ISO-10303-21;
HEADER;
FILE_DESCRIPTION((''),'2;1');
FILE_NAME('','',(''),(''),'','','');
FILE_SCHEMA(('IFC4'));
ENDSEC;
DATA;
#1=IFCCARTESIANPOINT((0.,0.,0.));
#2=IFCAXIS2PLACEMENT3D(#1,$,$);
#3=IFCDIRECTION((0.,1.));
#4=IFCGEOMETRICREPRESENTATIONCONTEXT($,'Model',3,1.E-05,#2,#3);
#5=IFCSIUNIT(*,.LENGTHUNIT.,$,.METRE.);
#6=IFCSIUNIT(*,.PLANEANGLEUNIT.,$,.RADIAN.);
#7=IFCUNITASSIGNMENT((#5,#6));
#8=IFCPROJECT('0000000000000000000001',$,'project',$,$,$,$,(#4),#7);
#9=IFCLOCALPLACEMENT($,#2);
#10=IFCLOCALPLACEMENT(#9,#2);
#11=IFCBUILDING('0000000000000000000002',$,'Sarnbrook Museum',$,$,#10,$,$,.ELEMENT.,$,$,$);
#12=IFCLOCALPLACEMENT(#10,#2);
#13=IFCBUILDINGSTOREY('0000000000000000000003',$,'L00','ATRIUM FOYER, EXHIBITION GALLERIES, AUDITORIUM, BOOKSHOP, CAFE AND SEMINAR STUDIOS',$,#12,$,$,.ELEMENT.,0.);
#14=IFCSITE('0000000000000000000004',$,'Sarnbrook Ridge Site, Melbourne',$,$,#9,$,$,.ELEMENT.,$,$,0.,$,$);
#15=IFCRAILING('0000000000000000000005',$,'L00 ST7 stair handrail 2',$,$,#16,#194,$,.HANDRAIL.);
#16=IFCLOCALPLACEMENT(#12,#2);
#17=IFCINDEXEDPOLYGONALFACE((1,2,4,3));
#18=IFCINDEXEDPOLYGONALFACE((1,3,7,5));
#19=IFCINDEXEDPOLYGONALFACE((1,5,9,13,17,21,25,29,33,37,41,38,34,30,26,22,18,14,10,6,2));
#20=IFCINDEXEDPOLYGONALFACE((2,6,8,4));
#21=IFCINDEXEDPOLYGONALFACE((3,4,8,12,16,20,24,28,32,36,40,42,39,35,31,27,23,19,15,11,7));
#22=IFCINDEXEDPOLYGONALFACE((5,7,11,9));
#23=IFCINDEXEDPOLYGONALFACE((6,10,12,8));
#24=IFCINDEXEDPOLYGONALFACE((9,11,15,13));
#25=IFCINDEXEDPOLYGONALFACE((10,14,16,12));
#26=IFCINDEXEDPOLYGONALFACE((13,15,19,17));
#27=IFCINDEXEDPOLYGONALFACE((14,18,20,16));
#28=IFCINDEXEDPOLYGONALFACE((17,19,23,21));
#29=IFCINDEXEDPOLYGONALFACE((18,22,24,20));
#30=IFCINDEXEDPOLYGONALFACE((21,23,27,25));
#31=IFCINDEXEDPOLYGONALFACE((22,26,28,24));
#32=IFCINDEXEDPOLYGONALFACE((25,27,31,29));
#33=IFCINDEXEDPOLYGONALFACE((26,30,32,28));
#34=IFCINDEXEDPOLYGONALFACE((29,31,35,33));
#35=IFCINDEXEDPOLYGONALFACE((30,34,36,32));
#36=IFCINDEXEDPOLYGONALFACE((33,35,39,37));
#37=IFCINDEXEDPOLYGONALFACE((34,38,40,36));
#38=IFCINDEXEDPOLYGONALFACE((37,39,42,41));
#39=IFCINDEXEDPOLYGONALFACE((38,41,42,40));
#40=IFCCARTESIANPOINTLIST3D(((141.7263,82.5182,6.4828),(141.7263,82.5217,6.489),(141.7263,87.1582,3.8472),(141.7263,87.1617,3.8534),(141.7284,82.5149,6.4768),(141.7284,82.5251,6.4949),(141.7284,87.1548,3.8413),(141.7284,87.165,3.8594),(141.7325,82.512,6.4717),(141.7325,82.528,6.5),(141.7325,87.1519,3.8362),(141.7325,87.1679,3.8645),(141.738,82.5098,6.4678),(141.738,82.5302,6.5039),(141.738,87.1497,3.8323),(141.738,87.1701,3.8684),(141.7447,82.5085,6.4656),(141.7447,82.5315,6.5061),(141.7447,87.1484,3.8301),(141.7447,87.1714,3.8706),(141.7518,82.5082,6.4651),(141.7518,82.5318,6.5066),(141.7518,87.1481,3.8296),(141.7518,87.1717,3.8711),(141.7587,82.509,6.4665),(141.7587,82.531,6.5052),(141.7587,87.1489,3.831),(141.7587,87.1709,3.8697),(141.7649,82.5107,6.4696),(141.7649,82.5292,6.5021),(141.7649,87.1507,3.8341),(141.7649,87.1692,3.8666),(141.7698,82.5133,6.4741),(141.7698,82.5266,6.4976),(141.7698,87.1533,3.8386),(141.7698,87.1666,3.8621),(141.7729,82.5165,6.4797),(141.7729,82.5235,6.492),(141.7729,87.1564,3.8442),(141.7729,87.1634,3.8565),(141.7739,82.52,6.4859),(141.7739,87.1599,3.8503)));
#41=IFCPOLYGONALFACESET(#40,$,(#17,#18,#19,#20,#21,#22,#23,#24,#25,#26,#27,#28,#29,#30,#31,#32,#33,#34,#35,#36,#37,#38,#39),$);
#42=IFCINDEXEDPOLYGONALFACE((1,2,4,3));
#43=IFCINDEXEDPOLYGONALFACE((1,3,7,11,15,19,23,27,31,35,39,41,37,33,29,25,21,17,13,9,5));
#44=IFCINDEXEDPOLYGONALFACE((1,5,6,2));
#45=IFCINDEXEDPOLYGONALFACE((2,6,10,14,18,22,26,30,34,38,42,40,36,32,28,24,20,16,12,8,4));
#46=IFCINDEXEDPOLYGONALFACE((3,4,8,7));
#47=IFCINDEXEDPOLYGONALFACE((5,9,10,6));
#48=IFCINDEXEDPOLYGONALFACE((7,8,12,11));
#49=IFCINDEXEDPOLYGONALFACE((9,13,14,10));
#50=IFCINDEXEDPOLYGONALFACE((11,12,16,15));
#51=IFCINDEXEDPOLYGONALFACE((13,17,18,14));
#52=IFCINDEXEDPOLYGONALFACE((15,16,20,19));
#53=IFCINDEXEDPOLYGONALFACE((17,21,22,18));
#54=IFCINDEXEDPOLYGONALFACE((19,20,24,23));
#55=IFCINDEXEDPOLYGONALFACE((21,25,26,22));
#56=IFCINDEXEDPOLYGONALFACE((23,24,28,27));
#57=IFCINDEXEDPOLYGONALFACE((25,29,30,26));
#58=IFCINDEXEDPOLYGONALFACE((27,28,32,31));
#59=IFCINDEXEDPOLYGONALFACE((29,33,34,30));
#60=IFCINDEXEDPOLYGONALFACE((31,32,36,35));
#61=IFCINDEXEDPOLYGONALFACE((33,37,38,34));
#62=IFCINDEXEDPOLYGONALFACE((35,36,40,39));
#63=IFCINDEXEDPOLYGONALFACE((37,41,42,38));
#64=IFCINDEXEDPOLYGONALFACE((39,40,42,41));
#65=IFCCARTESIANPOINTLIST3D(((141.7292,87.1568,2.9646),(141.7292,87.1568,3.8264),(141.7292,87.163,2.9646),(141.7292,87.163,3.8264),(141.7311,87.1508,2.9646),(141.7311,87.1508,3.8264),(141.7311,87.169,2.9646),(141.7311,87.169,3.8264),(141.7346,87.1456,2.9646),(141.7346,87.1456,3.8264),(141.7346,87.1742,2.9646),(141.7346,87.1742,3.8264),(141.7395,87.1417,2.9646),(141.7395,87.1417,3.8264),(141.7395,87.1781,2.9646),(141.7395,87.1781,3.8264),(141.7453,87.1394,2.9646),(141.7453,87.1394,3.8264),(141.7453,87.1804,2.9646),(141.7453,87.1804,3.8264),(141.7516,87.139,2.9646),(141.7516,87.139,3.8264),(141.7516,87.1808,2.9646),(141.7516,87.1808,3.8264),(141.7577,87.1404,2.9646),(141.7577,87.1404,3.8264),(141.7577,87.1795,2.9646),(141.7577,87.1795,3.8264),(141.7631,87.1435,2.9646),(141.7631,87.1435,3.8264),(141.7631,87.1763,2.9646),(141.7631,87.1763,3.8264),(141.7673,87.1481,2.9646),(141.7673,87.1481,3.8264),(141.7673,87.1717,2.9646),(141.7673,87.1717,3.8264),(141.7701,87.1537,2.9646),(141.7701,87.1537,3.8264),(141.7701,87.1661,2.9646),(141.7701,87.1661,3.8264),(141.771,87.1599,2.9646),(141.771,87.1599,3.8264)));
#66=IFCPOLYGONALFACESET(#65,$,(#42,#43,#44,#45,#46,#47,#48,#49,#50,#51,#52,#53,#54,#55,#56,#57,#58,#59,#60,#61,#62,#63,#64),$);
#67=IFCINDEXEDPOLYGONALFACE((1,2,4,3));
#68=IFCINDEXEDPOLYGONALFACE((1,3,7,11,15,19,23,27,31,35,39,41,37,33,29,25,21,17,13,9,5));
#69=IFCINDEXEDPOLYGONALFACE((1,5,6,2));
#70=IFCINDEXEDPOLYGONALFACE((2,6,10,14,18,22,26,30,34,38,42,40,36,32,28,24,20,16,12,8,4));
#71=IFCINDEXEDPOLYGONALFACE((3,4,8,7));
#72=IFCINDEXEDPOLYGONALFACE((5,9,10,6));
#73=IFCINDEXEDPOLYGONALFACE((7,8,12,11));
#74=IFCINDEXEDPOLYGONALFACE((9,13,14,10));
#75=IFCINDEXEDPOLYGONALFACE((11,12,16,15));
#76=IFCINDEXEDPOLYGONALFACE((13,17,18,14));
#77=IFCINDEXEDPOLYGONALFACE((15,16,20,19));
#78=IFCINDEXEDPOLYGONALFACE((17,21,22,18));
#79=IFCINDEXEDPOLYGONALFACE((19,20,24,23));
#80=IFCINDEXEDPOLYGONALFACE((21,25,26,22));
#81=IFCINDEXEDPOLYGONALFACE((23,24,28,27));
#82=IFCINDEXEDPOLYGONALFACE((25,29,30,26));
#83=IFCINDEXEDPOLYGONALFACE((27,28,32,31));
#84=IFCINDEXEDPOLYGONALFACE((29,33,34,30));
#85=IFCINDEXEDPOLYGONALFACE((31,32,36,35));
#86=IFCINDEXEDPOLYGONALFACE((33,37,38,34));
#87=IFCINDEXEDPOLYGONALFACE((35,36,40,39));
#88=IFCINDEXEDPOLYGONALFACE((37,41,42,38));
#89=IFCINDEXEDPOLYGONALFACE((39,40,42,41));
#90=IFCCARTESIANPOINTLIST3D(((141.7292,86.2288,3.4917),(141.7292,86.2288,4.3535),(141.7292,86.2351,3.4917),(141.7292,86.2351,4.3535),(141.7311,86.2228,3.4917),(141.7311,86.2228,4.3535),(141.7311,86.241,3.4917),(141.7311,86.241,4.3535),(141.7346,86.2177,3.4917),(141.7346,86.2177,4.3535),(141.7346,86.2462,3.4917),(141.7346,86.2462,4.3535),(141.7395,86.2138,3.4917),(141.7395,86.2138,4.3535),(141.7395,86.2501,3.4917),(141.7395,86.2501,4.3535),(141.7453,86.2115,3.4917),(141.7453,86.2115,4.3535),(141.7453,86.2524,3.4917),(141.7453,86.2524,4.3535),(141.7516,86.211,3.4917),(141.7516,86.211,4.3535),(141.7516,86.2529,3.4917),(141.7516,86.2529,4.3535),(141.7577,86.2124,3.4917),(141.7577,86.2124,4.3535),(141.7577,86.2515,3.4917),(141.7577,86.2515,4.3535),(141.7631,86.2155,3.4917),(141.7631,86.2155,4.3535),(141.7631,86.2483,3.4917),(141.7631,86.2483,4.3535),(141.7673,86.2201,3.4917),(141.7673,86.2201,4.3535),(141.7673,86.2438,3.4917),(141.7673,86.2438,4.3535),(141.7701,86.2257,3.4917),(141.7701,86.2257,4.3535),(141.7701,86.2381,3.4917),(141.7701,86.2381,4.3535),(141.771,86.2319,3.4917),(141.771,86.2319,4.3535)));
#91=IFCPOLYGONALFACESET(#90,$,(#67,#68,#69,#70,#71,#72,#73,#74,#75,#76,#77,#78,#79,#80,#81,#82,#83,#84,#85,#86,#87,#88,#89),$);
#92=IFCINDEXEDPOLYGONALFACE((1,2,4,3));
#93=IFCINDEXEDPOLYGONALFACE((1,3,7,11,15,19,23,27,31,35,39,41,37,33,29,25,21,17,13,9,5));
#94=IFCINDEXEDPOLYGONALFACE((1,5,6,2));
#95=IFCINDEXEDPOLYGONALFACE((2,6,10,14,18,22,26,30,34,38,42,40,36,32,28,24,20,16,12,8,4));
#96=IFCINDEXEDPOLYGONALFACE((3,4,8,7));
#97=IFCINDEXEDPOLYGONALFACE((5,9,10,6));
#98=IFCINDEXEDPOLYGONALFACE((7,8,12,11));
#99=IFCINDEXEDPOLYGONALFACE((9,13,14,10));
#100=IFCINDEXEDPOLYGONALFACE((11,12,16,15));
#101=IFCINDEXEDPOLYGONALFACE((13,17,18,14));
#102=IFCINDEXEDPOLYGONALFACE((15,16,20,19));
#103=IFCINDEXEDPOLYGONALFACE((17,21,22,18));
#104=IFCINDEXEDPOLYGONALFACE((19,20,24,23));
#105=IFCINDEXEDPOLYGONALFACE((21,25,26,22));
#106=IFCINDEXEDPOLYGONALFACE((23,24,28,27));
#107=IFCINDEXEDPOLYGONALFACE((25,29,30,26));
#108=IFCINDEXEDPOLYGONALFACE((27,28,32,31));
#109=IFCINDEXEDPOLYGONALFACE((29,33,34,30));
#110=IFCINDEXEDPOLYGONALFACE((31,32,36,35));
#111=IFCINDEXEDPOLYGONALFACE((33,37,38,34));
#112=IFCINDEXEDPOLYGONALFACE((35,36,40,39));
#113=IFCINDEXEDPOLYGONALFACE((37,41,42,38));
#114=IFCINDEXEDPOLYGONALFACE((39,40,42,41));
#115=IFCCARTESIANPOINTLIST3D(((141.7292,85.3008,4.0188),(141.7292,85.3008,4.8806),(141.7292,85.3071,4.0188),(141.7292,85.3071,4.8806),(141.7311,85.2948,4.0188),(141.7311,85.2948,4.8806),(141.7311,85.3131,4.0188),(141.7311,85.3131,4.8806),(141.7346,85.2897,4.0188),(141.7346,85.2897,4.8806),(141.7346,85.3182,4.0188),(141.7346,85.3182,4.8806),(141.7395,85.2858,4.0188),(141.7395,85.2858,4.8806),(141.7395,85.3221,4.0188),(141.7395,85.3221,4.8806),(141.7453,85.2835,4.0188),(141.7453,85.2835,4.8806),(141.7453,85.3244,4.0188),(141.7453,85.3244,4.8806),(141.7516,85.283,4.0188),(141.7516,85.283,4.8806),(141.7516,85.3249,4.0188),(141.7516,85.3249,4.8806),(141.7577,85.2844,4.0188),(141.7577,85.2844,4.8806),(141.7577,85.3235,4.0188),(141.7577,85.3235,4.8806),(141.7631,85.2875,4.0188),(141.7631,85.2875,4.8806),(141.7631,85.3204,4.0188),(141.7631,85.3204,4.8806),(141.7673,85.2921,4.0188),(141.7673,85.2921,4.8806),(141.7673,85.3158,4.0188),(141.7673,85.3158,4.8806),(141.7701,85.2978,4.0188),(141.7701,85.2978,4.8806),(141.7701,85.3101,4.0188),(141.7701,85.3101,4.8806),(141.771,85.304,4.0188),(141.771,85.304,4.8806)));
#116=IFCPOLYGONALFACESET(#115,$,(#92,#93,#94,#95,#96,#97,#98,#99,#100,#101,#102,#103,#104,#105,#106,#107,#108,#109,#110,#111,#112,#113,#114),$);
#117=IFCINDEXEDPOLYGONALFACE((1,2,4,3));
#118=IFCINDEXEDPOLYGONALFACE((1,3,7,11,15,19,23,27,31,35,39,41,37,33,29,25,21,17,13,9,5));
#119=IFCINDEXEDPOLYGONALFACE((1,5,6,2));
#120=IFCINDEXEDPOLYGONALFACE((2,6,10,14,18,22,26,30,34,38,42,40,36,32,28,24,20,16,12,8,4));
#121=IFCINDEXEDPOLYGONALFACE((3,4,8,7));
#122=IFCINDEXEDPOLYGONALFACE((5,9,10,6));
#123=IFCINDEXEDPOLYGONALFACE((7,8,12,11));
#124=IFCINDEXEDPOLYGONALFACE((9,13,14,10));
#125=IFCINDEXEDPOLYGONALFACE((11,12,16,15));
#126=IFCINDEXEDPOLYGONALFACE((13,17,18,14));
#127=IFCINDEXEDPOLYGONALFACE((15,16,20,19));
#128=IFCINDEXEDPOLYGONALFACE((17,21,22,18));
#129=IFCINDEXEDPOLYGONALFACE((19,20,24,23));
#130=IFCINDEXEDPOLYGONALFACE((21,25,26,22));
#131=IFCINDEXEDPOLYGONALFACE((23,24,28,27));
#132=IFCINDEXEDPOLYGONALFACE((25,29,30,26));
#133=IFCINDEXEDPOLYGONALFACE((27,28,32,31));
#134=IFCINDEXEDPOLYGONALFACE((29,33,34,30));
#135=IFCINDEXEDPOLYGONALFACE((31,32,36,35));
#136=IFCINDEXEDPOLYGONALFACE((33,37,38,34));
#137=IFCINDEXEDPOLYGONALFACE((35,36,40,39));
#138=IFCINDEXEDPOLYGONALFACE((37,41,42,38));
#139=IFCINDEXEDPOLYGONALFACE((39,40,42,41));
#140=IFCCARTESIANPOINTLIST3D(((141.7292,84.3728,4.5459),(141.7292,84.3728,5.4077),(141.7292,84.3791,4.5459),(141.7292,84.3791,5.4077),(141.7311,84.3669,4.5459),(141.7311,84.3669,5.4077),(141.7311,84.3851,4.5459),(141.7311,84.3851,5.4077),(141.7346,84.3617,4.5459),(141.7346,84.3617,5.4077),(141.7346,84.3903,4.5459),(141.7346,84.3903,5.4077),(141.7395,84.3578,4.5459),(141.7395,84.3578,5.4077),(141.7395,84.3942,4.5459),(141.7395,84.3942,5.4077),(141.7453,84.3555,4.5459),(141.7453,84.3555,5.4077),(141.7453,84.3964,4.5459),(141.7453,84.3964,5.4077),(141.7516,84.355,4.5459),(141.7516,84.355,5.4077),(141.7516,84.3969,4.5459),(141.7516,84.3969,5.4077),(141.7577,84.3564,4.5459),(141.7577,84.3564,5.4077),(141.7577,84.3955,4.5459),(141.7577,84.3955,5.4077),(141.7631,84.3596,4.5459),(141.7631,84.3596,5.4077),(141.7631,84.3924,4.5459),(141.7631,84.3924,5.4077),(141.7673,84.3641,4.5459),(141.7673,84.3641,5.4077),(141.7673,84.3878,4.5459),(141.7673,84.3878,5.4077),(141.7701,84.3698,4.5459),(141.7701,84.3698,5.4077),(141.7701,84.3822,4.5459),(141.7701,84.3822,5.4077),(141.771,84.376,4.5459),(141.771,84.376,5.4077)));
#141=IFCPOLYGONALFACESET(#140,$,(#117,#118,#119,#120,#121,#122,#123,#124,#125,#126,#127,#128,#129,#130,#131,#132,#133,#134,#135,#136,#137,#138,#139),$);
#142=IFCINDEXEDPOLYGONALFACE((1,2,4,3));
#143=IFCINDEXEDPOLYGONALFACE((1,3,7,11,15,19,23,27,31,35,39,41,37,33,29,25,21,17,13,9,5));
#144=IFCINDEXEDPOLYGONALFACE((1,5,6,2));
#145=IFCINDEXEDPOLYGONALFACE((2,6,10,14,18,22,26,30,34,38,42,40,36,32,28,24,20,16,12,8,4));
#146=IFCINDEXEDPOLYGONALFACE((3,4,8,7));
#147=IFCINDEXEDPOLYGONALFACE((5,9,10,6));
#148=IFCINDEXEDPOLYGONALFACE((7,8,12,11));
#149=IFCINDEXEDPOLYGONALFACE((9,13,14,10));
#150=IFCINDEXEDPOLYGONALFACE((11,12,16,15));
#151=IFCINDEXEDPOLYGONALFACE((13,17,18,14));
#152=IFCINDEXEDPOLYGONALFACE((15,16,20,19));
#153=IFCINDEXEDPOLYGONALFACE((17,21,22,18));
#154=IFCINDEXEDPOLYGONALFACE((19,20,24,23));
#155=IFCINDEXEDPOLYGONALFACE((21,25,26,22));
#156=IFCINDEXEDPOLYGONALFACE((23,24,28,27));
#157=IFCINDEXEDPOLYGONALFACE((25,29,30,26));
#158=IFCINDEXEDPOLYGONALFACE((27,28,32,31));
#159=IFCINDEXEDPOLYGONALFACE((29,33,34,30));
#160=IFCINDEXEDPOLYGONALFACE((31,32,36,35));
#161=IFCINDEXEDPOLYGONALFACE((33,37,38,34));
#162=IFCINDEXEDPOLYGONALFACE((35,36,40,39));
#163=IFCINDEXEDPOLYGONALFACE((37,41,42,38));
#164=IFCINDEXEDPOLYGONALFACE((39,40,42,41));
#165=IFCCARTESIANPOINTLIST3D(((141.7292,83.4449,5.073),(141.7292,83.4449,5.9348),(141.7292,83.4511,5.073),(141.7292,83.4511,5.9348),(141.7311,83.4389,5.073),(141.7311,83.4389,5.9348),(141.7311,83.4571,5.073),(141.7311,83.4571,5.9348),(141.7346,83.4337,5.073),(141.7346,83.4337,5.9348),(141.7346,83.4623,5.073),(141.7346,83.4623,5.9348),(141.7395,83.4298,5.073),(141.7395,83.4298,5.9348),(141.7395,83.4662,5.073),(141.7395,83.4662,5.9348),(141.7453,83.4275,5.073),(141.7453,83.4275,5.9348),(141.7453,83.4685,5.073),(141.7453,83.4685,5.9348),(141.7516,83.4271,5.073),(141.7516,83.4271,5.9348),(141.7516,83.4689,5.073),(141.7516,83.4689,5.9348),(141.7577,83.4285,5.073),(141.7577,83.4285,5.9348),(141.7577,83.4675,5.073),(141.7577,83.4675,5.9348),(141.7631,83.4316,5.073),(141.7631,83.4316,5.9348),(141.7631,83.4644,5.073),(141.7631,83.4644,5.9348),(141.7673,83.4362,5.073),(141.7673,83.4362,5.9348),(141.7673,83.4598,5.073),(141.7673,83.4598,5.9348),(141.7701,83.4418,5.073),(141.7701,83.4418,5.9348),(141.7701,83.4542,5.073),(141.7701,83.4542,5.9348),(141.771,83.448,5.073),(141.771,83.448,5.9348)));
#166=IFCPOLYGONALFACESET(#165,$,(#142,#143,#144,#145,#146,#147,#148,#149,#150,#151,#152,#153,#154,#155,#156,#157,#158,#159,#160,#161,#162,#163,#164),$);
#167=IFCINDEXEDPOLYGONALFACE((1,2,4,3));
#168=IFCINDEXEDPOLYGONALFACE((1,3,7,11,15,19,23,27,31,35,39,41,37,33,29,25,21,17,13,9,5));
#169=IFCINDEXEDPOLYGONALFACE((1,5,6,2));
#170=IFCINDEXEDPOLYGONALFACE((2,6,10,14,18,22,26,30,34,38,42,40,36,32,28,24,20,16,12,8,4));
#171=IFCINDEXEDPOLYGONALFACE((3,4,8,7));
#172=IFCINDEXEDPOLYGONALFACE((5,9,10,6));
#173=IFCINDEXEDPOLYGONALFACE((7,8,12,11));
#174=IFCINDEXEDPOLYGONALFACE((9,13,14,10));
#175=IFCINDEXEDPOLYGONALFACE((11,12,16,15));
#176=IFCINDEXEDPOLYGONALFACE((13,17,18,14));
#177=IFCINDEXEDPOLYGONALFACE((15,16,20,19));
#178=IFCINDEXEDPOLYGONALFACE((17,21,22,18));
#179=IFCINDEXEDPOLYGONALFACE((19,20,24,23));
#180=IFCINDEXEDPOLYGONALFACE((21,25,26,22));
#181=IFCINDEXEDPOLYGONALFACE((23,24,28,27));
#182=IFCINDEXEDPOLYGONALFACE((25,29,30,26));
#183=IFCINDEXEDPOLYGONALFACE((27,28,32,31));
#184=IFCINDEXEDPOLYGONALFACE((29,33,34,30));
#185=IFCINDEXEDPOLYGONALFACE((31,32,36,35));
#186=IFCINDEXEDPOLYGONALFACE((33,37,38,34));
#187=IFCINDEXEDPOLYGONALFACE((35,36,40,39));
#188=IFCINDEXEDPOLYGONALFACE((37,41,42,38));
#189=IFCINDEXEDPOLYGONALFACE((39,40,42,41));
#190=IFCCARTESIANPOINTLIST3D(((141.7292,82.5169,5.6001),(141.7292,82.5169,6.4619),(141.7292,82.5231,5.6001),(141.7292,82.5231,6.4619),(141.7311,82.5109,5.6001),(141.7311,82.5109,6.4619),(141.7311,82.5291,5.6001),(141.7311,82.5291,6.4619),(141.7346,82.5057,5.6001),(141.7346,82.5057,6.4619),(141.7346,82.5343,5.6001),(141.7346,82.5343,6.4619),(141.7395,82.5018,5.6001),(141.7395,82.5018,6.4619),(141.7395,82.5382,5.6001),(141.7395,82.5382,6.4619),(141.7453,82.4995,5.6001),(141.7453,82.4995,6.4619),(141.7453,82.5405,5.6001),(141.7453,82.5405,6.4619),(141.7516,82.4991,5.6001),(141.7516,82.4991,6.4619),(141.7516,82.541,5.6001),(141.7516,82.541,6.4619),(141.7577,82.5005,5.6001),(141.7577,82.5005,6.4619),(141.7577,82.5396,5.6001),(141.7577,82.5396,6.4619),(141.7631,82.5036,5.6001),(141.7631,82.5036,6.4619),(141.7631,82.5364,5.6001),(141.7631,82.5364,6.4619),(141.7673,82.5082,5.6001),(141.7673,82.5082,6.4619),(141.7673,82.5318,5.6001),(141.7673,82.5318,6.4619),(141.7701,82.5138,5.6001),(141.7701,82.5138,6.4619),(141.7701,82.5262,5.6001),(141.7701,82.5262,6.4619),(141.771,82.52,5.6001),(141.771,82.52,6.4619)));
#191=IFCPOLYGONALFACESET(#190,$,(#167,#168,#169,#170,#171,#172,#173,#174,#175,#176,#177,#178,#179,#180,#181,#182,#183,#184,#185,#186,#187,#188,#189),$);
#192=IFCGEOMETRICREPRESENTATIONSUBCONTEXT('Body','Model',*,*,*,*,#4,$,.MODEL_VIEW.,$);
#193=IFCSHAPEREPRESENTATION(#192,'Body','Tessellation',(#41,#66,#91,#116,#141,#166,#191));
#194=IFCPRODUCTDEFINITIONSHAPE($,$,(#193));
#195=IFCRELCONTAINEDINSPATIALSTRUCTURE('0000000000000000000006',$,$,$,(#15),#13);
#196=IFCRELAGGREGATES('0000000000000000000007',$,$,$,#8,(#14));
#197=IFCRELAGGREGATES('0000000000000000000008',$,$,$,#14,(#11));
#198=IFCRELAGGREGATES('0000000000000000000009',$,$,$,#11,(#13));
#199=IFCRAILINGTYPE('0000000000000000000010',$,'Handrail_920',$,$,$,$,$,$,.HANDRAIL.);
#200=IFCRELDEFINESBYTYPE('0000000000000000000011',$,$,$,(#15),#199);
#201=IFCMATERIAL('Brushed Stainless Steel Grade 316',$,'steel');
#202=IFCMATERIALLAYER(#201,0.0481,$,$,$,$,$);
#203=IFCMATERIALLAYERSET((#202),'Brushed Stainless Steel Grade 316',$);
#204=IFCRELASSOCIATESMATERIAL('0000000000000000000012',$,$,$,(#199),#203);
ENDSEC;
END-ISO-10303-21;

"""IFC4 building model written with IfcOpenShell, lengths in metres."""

from ifc_helpers import new_model, si_unit, direction, frame, origin, origin_2d, place, context, subcontext, project, spatial, circle, extrude, material, layer, layer_set, type_object, element, save


model = new_model("IFC4")

# Units and contexts
model_context = context("Model", 3, precision=1e-05, world=origin(), true_north=direction((0.0, 1.0)))
body_context = subcontext(model_context, "Body", "Model", "MODEL_VIEW")
ifc_project = project(units=[si_unit("LENGTHUNIT", "METRE"), si_unit("PLANEANGLEUNIT", "RADIAN")], contexts=[model_context])

# Site, building, storey
site_placement = place(None, origin())
site = spatial("IfcSite", under=ifc_project, at=site_placement, Name="Sarnbrook Ridge Site, Melbourne", CompositionType="ELEMENT", RefElevation=0.0)
building_placement = place(site_placement, origin())
building = spatial("IfcBuilding", under=site, at=building_placement, Name="Sarnbrook Museum", CompositionType="ELEMENT")
storey_placement = place(building_placement, origin())
storey = spatial("IfcBuildingStorey", under=building, at=storey_placement, Name="L00", Description="ATRIUM FOYER, EXHIBITION GALLERIES, AUDITORIUM, BOOKSHOP, CAFE AND SEMINAR STUDIOS", CompositionType="ELEMENT", Elevation=0.0)

# Railing
ifc_material_1 = material(Name="Brushed Stainless Steel Grade 316", Category="steel")
ifc_layer_1 = layer(ifc_material_1, 0.0481)
ifc_layer_set_1 = layer_set([ifc_layer_1], Name="Brushed Stainless Steel Grade 316")
railing_type_1 = type_object("IfcRailingType", Name="Handrail_920", PredefinedType="HANDRAIL", material=ifc_layer_set_1)
railing_1_placement = place(storey_placement, frame((141.75, 87.1599, 2.9646)))
element("IfcRailing", 1, at=railing_1_placement, inside=storey, type_object=railing_type_1, Name="L00 ST7 stair handrail 2", PredefinedType="HANDRAIL", context=body_context, shape_type="SweptSolid", body=[
    extrude(circle(Radius=0.0239, at=origin_2d()), frame((0.0, 0.0, 0.8857), z_axis=(0.0, -0.869521, 0.493895), x_axis=(1.0, 0.0, 0.0)), (0.0, 0.0, 1.0), 5.3362),
    extrude(circle(Radius=0.021, at=origin_2d()), origin(), (0.0, 0.0, 1.0), 0.8618),
    extrude(circle(Radius=0.021, at=origin_2d()), frame((0.0, -0.928, 0.5271)), (0.0, 0.0, 1.0), 0.8618),
    extrude(circle(Radius=0.021, at=origin_2d()), frame((0.0, -1.856, 1.0542)), (0.0, 0.0, 1.0), 0.8618),
    extrude(circle(Radius=0.021, at=origin_2d()), frame((0.0, -2.7839, 1.5813)), (0.0, 0.0, 1.0), 0.8618),
    extrude(circle(Radius=0.021, at=origin_2d()), frame((0.0, -3.7119, 2.1084)), (0.0, 0.0, 1.0), 0.8618),
    extrude(circle(Radius=0.021, at=origin_2d()), frame((0.0, -4.6399, 2.6355)), (0.0, 0.0, 1.0), 0.8618),
])

save(model, "model.ifc")
